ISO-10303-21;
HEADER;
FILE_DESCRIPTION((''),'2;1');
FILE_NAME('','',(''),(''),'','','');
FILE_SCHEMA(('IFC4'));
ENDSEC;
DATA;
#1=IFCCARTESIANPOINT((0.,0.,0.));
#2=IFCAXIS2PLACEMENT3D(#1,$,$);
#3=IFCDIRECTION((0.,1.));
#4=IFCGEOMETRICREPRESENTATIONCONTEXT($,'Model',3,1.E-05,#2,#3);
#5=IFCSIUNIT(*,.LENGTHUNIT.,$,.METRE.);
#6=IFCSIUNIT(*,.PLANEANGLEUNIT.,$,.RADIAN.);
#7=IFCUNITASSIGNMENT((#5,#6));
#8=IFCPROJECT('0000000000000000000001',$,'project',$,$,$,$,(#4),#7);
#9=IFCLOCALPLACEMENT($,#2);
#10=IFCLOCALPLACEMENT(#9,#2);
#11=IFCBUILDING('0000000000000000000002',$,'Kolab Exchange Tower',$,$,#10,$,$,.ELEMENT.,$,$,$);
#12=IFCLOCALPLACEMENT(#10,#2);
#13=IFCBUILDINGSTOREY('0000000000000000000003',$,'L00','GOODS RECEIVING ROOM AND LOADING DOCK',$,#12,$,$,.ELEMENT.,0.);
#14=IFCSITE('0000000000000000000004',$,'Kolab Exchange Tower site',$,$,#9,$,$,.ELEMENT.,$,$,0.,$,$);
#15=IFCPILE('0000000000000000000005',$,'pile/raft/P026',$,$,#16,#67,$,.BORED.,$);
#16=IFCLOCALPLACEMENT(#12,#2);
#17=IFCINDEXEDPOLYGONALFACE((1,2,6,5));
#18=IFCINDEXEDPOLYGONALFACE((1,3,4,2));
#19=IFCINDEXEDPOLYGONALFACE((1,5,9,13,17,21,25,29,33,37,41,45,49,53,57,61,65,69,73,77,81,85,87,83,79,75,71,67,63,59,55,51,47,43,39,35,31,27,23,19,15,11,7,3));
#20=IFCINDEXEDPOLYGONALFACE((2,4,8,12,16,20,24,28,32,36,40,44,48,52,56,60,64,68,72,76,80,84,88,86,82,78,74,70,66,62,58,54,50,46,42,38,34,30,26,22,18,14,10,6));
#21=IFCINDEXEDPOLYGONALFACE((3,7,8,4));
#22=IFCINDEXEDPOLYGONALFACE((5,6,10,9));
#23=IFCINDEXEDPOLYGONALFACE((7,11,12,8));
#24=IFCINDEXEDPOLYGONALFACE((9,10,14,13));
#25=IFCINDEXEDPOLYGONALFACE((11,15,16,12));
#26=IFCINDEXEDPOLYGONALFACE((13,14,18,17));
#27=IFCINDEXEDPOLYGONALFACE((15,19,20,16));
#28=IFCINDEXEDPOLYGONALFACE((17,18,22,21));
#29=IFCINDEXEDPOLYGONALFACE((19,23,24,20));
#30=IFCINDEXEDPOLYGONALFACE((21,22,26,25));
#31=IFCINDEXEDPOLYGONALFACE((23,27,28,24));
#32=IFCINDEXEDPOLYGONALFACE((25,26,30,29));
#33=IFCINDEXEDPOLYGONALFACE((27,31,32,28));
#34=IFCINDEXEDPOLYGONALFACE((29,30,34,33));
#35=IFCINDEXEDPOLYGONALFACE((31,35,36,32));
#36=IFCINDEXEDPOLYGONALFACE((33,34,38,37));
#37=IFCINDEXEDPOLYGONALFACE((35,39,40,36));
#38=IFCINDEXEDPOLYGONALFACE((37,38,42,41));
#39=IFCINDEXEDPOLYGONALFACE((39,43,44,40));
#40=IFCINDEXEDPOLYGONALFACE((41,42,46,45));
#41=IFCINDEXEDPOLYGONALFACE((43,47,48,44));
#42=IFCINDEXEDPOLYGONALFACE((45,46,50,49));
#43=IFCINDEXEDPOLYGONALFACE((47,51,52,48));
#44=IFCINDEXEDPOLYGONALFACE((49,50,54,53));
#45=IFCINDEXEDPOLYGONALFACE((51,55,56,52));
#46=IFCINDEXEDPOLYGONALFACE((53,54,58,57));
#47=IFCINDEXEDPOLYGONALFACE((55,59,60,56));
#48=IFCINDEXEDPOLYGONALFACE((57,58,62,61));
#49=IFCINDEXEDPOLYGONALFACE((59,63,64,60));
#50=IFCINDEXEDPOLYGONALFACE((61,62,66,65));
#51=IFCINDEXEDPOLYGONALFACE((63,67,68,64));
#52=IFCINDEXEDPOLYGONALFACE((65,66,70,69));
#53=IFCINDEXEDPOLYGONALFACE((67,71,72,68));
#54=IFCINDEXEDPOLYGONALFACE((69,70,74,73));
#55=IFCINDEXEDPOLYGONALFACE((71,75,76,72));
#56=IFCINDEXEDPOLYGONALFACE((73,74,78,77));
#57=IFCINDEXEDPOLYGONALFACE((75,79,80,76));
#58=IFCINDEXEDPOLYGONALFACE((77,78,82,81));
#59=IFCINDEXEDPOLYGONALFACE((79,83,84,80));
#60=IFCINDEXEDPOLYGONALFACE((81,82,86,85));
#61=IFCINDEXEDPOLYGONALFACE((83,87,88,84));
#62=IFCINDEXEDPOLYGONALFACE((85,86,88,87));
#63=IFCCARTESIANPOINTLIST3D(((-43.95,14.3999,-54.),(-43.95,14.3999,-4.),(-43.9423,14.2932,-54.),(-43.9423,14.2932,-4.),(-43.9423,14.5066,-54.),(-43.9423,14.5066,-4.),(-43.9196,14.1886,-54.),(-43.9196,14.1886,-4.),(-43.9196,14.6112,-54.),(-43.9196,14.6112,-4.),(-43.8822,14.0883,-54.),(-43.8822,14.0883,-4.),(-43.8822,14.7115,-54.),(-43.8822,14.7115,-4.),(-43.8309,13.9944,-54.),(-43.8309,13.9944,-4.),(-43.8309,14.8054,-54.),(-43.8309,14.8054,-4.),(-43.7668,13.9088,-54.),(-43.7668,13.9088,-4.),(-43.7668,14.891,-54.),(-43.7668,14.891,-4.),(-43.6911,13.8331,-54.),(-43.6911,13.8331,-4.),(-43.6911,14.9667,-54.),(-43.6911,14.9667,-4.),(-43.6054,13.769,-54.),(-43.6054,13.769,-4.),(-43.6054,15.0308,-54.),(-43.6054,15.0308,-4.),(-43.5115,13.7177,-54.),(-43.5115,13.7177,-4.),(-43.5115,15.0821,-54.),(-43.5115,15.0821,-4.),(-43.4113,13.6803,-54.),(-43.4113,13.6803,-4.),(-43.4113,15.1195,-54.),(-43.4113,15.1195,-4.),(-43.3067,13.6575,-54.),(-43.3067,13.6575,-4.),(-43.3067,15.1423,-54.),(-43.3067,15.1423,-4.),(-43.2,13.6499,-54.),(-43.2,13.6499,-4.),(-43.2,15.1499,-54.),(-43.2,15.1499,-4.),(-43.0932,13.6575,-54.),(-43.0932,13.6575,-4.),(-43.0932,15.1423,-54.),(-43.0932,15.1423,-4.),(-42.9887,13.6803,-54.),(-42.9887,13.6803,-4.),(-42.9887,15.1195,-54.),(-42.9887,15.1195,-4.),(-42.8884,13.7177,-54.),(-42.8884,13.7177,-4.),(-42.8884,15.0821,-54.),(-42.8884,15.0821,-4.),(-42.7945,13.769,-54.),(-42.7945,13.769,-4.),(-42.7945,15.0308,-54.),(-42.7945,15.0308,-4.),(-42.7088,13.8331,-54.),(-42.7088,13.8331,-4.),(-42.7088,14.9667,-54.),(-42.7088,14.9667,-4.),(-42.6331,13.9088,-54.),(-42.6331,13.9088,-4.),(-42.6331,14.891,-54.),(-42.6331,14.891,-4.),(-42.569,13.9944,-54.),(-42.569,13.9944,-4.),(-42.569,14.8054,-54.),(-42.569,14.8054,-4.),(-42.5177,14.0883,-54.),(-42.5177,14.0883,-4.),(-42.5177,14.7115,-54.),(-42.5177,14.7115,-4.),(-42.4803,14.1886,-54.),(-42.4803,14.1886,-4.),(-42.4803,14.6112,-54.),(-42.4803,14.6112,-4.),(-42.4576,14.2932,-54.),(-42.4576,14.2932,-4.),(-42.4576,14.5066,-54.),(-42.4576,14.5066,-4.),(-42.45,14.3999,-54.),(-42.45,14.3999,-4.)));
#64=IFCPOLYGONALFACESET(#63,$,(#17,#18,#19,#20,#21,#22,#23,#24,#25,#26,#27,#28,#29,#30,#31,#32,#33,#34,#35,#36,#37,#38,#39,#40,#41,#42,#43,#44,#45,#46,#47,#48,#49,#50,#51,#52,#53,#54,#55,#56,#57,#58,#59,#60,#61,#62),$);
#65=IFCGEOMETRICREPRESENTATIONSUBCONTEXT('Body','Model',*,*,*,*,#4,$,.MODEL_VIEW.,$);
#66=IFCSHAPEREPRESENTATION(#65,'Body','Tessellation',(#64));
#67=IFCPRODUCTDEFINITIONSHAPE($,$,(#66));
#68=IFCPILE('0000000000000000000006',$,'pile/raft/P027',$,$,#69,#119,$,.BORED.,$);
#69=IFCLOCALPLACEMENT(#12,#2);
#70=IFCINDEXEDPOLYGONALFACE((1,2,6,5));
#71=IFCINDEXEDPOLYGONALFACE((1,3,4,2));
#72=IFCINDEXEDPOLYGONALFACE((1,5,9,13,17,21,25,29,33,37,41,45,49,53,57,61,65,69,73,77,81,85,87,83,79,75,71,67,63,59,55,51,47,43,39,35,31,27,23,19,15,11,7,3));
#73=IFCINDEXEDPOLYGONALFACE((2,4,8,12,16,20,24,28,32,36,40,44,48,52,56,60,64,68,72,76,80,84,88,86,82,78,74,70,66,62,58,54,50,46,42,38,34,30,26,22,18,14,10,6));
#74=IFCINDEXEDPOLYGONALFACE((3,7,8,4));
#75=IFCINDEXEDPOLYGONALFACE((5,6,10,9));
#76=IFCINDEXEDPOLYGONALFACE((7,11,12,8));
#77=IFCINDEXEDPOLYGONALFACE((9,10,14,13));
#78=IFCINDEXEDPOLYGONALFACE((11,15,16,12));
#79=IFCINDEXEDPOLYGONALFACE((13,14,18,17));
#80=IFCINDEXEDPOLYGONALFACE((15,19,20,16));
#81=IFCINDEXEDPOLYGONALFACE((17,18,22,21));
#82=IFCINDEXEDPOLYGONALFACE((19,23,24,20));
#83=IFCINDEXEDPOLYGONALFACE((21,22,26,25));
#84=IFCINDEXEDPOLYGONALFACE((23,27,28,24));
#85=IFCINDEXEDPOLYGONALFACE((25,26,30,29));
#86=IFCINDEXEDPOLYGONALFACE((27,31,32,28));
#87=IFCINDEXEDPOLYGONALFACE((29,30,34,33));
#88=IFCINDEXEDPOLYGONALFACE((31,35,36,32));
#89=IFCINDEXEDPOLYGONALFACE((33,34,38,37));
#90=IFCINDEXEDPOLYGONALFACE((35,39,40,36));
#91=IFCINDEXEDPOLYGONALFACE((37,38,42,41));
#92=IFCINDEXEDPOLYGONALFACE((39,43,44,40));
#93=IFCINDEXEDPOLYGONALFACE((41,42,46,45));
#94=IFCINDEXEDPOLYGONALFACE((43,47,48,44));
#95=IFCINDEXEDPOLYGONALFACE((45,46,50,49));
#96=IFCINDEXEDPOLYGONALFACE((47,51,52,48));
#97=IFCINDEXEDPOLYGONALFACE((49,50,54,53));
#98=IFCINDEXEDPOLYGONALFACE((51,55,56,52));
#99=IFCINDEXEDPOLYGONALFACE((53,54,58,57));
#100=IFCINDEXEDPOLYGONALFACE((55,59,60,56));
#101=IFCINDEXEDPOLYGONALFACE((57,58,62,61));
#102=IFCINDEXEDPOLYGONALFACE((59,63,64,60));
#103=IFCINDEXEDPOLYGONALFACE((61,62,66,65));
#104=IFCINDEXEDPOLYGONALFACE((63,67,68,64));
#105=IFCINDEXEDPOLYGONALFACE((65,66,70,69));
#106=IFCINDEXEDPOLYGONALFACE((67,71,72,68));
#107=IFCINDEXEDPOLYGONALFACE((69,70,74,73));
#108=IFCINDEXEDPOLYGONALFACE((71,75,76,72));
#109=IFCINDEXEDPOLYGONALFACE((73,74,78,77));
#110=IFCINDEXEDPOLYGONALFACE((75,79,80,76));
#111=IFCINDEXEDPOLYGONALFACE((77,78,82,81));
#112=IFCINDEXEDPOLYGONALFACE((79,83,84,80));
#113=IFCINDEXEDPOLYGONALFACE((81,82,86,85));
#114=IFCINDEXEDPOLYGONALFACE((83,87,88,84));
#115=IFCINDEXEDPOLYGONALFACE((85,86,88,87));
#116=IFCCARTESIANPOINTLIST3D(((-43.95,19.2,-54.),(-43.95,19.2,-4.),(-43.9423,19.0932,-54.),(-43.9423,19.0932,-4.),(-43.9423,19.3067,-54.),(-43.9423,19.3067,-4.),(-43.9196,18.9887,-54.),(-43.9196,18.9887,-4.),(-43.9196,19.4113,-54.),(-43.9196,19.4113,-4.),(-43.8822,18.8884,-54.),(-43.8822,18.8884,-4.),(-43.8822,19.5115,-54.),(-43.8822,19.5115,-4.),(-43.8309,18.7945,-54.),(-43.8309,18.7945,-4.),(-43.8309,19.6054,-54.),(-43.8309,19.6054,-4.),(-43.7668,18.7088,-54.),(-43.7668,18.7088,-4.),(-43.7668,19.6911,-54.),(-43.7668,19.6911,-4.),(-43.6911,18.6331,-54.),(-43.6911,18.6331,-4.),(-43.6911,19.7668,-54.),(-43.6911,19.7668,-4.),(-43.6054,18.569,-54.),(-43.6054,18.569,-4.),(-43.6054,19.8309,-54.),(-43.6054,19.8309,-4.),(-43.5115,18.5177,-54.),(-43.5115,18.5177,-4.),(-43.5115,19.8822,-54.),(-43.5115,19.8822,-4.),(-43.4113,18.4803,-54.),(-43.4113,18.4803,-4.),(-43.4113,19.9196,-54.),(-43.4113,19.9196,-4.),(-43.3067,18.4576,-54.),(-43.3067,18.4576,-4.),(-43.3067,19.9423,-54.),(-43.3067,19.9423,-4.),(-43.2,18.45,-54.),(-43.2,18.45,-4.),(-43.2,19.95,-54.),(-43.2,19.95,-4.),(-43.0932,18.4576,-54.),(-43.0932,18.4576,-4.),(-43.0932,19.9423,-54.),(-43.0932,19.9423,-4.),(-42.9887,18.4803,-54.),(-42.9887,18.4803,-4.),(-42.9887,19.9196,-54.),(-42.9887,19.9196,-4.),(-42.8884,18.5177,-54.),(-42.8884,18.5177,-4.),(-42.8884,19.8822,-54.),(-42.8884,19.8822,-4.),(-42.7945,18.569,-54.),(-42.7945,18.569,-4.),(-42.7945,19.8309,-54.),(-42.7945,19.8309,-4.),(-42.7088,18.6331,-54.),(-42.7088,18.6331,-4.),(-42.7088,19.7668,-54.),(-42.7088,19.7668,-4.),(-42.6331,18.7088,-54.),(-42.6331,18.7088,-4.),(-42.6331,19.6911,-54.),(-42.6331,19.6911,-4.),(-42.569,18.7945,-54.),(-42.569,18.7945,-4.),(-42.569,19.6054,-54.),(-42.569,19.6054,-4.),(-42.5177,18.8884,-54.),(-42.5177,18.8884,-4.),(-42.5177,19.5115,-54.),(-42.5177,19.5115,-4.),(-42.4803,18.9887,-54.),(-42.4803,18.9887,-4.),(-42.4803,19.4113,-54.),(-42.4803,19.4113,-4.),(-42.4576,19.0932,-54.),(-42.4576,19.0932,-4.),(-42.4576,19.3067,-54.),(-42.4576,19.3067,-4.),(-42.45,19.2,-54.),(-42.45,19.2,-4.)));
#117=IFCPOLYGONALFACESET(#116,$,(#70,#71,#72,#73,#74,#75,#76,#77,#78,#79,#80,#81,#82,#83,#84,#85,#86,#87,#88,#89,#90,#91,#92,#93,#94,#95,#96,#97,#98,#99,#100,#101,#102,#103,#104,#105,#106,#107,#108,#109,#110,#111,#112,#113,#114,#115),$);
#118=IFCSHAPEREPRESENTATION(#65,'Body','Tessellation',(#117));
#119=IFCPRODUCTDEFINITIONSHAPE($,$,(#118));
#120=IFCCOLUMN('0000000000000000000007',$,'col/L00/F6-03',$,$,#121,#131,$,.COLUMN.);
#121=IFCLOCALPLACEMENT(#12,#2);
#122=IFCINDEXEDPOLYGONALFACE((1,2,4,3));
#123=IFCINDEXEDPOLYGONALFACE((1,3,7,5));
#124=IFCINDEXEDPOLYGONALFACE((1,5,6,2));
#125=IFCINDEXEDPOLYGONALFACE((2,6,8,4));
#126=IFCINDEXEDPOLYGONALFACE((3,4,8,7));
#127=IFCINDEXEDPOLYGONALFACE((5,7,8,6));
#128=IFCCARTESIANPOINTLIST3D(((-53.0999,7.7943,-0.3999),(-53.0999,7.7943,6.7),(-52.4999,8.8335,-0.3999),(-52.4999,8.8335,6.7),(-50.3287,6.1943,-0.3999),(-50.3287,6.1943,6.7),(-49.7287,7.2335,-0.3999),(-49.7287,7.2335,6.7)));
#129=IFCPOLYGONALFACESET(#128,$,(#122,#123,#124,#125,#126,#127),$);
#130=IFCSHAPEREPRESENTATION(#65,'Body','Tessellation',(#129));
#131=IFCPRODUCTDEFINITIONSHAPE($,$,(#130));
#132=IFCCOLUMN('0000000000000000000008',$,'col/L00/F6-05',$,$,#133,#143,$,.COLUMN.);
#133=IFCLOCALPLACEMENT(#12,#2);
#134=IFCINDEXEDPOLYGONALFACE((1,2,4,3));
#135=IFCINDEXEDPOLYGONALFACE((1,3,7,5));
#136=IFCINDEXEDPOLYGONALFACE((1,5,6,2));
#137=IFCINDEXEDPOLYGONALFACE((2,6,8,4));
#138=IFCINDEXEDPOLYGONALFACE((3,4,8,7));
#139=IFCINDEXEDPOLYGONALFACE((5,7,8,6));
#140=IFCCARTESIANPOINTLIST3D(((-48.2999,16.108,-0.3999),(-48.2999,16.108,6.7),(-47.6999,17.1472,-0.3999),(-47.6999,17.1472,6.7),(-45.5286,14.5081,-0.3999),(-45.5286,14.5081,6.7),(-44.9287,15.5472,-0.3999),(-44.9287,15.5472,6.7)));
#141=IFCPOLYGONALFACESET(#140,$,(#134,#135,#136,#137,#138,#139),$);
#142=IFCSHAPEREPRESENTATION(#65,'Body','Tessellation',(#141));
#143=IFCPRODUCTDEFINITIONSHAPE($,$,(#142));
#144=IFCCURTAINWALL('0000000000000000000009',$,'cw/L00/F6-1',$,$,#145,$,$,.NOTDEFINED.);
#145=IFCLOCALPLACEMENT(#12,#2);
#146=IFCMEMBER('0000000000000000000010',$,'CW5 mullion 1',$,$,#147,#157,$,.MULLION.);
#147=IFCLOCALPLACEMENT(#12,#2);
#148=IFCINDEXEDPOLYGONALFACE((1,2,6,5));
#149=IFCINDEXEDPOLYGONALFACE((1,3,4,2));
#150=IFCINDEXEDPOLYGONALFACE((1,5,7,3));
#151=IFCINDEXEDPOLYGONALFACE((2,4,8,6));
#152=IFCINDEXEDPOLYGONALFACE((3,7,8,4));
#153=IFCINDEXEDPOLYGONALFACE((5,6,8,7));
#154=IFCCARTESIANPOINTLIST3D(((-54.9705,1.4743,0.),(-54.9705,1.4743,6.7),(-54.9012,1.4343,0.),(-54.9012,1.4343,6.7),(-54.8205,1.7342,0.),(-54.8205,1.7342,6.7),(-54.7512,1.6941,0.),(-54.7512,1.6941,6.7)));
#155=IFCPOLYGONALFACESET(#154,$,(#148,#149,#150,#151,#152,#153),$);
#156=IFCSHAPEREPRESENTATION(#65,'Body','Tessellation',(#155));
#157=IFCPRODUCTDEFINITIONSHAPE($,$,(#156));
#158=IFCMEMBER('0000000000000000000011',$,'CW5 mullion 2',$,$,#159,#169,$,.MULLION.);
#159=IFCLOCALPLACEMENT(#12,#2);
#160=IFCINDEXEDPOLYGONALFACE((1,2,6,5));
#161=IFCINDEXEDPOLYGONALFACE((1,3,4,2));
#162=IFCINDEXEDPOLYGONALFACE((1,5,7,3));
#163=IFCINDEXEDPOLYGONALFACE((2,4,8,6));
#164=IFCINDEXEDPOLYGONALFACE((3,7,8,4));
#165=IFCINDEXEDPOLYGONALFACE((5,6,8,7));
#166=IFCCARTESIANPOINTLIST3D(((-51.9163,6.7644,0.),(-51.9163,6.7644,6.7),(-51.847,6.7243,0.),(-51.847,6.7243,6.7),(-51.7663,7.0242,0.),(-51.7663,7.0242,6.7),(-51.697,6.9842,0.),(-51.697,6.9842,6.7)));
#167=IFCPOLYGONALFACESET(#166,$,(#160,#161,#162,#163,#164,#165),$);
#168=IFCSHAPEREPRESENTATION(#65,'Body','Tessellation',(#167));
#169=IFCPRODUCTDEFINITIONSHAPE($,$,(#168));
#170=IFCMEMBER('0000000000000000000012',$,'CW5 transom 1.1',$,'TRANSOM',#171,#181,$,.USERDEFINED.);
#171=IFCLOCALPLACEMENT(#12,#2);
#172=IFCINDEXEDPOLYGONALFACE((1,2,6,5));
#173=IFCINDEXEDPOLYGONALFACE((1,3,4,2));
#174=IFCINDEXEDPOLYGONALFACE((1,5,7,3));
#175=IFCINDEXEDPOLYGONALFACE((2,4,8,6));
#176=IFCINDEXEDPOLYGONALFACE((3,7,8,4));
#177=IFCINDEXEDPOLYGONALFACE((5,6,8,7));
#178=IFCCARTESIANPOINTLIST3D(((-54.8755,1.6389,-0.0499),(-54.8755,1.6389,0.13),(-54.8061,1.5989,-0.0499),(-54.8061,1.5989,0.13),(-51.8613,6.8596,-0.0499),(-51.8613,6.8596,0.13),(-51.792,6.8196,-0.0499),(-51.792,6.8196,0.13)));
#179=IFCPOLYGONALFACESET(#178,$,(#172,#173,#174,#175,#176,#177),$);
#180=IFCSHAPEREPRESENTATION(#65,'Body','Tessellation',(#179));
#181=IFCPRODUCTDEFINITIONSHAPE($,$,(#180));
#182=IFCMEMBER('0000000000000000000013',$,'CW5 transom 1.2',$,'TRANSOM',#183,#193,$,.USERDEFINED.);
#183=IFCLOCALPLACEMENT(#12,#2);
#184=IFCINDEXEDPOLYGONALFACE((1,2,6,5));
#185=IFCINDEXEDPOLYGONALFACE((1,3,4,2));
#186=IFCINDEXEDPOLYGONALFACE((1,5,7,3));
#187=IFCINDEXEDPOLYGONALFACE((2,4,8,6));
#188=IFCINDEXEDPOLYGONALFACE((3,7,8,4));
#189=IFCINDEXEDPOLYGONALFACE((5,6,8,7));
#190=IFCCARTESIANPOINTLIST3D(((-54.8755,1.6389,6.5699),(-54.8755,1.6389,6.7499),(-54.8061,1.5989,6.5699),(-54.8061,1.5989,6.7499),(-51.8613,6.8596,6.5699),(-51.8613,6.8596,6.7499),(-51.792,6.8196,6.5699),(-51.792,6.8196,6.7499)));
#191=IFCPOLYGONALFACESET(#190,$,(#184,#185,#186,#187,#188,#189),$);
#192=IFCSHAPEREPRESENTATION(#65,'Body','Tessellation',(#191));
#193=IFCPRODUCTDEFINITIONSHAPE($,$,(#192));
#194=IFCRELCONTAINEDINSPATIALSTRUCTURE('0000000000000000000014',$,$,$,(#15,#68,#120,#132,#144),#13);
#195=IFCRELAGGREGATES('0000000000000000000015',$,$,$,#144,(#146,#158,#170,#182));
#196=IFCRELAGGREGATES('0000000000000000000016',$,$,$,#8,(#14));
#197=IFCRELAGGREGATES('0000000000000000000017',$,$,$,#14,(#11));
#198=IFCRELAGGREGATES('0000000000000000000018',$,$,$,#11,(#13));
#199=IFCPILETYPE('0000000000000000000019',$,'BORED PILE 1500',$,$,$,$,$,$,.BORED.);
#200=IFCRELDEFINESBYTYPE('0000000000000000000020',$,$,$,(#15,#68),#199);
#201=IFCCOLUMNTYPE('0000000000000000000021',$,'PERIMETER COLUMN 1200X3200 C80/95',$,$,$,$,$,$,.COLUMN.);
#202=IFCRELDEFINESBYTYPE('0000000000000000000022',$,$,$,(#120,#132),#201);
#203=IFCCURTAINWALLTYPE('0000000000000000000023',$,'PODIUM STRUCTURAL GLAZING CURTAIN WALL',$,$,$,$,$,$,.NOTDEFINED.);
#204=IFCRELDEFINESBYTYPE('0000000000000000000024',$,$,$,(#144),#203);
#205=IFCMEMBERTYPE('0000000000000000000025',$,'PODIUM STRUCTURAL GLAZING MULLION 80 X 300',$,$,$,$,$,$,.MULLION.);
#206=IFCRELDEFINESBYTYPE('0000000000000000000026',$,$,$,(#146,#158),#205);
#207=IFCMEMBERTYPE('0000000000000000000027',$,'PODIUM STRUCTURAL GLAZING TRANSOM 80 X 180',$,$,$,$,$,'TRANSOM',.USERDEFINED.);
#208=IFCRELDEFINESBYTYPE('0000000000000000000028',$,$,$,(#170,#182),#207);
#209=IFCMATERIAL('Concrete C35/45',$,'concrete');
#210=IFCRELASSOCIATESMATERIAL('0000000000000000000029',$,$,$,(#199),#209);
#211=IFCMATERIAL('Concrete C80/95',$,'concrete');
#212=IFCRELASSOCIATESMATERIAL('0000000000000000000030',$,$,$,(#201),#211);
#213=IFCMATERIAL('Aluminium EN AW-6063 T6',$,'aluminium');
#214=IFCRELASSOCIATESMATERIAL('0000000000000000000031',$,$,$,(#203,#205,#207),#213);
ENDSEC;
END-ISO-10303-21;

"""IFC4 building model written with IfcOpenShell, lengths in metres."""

from ifc_helpers import new_model, si_unit, direction, frame, origin, origin_2d, place, context, subcontext, project, spatial, rectangle, circle, extrude, material, material_profile, profile_set, type_object, element, aggregate, save


model = new_model("IFC4")

# Units and contexts
model_context = context("Model", 3, precision=1e-05, world=origin(), true_north=direction((0.0, 1.0)))
body_context = subcontext(model_context, "Body", "Model", "MODEL_VIEW")
ifc_project = project(units=[si_unit("LENGTHUNIT", "METRE"), si_unit("PLANEANGLEUNIT", "RADIAN")], contexts=[model_context])

# Site, building, storey
site_placement = place(None, origin())
site = spatial("IfcSite", under=ifc_project, at=site_placement, Name="Kolab Exchange Tower site", CompositionType="ELEMENT", RefElevation=0.0)
building_placement = place(site_placement, origin())
building = spatial("IfcBuilding", under=site, at=building_placement, Name="Kolab Exchange Tower", CompositionType="ELEMENT")
storey_placement = place(building_placement, origin())
storey = spatial("IfcBuildingStorey", under=building, at=storey_placement, Name="L00", Description="GOODS RECEIVING ROOM AND LOADING DOCK", CompositionType="ELEMENT", Elevation=0.0)

# Piles
ifc_material_1 = material(Name="Concrete C35/45", Category="concrete")
ifc_material_profile_1 = material_profile(ifc_material_1, circle(Radius=0.75, at=origin_2d()), Name="BP1500")
ifc_profile_set_1 = profile_set([ifc_material_profile_1], Name="Concrete C35/45")
pile_type = type_object("IfcPileType", Name="BORED PILE 1500", PredefinedType="BORED", material=ifc_profile_set_1)
for number, where, z_axis, x_axis, name in (
    (1, (-43.2, 14.3999, -4.0), (0.0, 0.0, -1.0), (1.0, 0.0, 0.0), "pile/raft/P026"),
    (2, (-43.2, 19.2, -4.0), (0.0, 0.0, -1.0), (1.0, 0.0, 0.0), "pile/raft/P027"),
):
    element("IfcPile", number, at=place(storey_placement, frame(where, z_axis=z_axis, x_axis=x_axis)), inside=storey, type_object=pile_type, Name=name, PredefinedType="BORED", context=body_context, shape_type="SweptSolid", body=[
        extrude(circle(Radius=0.75, at=origin_2d()), origin(), (0.0, 0.0, 1.0), 50.0),
    ])

# Columns
ifc_material_2 = material(Name="Concrete C80/95", Category="concrete")
ifc_material_profile_2 = material_profile(ifc_material_2, rectangle(XDim=1.2, YDim=3.2, at=origin_2d()), Name="RC1200X3200")
ifc_profile_set_2 = profile_set([ifc_material_profile_2], Name="Concrete C80/95")
column_type = type_object("IfcColumnType", Name="PERIMETER COLUMN 1200X3200 C80/95", PredefinedType="COLUMN", material=ifc_profile_set_2)
for number, where, z_axis, x_axis, name in (
    (3, (-51.4143, 7.5139, -0.3999), (0.0, 0.0, 1.0), (0.5, 0.866025, 0.0), "col/L00/F6-03"),
    (4, (-46.6143, 15.8276, -0.3999), (0.0, 0.0, 1.0), (0.5, 0.866025, 0.0), "col/L00/F6-05"),
):
    element("IfcColumn", number, at=place(storey_placement, frame(where, z_axis=z_axis, x_axis=x_axis)), inside=storey, type_object=column_type, Name=name, PredefinedType="COLUMN", context=body_context, shape_type="SweptSolid", body=[
        extrude(rectangle(XDim=1.2, YDim=3.2, at=origin_2d()), origin(), (0.0, 0.0, 1.0), 7.0999),
    ])

# Curtain wall, members
ifc_material_3 = material(Name="Aluminium EN AW-6063 T6", Category="aluminium")
curtain_wall_type = type_object("IfcCurtainWallType", Name="PODIUM STRUCTURAL GLAZING CURTAIN WALL", PredefinedType="NOTDEFINED", material=ifc_material_3)
curtain_wall_placement = place(storey_placement, origin())
curtain_wall = element("IfcCurtainWall", 5, at=curtain_wall_placement, inside=storey, type_object=curtain_wall_type, Name="cw/L00/F6-1", PredefinedType="NOTDEFINED")
ifc_material_profile_3 = material_profile(ifc_material_3, rectangle(XDim=0.0801, YDim=0.3, at=origin_2d()), Name="RECT 80X300")
ifc_profile_set_3 = profile_set([ifc_material_profile_3], Name="Aluminium EN AW-6063 T6")
member_type_1 = type_object("IfcMemberType", Name="PODIUM STRUCTURAL GLAZING MULLION 80 X 300", PredefinedType="MULLION", material=ifc_profile_set_3)
member_1_placement = place(storey_placement, frame((-54.8608, 1.5842, 0.0), z_axis=(0.0, 0.0, 1.0), x_axis=(-0.866025, 0.5, 0.0)))
member_1 = element("IfcMember", 6, at=member_1_placement, type_object=member_type_1, Name="CW5 mullion 1", PredefinedType="MULLION", context=body_context, shape_type="SweptSolid", body=[
    extrude(rectangle(XDim=0.0801, YDim=0.3, at=origin_2d()), origin(), (0.0, 0.0, 1.0), 6.7),
])
member_2_placement = place(storey_placement, frame((-51.8066, 6.8743, 0.0), z_axis=(0.0, 0.0, 1.0), x_axis=(-0.866025, 0.5, 0.0)))
member_2 = element("IfcMember", 7, at=member_2_placement, type_object=member_type_1, Name="CW5 mullion 2", PredefinedType="MULLION", context=body_context, shape_type="SweptSolid", body=[
    extrude(rectangle(XDim=0.0801, YDim=0.3, at=origin_2d()), origin(), (0.0, 0.0, 1.0), 6.7),
])
ifc_material_profile_4 = material_profile(ifc_material_3, rectangle(XDim=0.0801, YDim=0.1799, at=origin_2d()), Name="RECT 80X180")
ifc_profile_set_4 = profile_set([ifc_material_profile_4], Name="Aluminium EN AW-6063 T6")
member_type_2 = type_object("IfcMemberType", Name="PODIUM STRUCTURAL GLAZING TRANSOM 80 X 180", ElementType="TRANSOM", PredefinedType="USERDEFINED", material=ifc_profile_set_4)
member_3_placement = place(storey_placement, frame((-54.8408, 1.6189, 0.04), z_axis=(0.499998, 0.866026, 0.0), x_axis=(-0.866026, 0.499998, 0.0)))
member_3 = element("IfcMember", 8, at=member_3_placement, type_object=member_type_2, Name="CW5 transom 1.1", ObjectType="TRANSOM", PredefinedType="USERDEFINED", context=body_context, shape_type="SweptSolid", body=[
    extrude(rectangle(XDim=0.0801, YDim=0.1799, at=origin_2d()), origin(), (0.0, 0.0, 1.0), 6.0283),
])
member_4_placement = place(storey_placement, frame((-54.8408, 1.6189, 6.6599), z_axis=(0.499998, 0.866026, 0.0), x_axis=(-0.866026, 0.499998, 0.0)))
member_4 = element("IfcMember", 9, at=member_4_placement, type_object=member_type_2, Name="CW5 transom 1.2", ObjectType="TRANSOM", PredefinedType="USERDEFINED", context=body_context, shape_type="SweptSolid", body=[
    extrude(rectangle(XDim=0.0801, YDim=0.1799, at=origin_2d()), origin(), (0.0, 0.0, 1.0), 6.0283),
])

aggregate(curtain_wall, [member_1, member_2, member_3, member_4])

save(model, "model.ifc")
